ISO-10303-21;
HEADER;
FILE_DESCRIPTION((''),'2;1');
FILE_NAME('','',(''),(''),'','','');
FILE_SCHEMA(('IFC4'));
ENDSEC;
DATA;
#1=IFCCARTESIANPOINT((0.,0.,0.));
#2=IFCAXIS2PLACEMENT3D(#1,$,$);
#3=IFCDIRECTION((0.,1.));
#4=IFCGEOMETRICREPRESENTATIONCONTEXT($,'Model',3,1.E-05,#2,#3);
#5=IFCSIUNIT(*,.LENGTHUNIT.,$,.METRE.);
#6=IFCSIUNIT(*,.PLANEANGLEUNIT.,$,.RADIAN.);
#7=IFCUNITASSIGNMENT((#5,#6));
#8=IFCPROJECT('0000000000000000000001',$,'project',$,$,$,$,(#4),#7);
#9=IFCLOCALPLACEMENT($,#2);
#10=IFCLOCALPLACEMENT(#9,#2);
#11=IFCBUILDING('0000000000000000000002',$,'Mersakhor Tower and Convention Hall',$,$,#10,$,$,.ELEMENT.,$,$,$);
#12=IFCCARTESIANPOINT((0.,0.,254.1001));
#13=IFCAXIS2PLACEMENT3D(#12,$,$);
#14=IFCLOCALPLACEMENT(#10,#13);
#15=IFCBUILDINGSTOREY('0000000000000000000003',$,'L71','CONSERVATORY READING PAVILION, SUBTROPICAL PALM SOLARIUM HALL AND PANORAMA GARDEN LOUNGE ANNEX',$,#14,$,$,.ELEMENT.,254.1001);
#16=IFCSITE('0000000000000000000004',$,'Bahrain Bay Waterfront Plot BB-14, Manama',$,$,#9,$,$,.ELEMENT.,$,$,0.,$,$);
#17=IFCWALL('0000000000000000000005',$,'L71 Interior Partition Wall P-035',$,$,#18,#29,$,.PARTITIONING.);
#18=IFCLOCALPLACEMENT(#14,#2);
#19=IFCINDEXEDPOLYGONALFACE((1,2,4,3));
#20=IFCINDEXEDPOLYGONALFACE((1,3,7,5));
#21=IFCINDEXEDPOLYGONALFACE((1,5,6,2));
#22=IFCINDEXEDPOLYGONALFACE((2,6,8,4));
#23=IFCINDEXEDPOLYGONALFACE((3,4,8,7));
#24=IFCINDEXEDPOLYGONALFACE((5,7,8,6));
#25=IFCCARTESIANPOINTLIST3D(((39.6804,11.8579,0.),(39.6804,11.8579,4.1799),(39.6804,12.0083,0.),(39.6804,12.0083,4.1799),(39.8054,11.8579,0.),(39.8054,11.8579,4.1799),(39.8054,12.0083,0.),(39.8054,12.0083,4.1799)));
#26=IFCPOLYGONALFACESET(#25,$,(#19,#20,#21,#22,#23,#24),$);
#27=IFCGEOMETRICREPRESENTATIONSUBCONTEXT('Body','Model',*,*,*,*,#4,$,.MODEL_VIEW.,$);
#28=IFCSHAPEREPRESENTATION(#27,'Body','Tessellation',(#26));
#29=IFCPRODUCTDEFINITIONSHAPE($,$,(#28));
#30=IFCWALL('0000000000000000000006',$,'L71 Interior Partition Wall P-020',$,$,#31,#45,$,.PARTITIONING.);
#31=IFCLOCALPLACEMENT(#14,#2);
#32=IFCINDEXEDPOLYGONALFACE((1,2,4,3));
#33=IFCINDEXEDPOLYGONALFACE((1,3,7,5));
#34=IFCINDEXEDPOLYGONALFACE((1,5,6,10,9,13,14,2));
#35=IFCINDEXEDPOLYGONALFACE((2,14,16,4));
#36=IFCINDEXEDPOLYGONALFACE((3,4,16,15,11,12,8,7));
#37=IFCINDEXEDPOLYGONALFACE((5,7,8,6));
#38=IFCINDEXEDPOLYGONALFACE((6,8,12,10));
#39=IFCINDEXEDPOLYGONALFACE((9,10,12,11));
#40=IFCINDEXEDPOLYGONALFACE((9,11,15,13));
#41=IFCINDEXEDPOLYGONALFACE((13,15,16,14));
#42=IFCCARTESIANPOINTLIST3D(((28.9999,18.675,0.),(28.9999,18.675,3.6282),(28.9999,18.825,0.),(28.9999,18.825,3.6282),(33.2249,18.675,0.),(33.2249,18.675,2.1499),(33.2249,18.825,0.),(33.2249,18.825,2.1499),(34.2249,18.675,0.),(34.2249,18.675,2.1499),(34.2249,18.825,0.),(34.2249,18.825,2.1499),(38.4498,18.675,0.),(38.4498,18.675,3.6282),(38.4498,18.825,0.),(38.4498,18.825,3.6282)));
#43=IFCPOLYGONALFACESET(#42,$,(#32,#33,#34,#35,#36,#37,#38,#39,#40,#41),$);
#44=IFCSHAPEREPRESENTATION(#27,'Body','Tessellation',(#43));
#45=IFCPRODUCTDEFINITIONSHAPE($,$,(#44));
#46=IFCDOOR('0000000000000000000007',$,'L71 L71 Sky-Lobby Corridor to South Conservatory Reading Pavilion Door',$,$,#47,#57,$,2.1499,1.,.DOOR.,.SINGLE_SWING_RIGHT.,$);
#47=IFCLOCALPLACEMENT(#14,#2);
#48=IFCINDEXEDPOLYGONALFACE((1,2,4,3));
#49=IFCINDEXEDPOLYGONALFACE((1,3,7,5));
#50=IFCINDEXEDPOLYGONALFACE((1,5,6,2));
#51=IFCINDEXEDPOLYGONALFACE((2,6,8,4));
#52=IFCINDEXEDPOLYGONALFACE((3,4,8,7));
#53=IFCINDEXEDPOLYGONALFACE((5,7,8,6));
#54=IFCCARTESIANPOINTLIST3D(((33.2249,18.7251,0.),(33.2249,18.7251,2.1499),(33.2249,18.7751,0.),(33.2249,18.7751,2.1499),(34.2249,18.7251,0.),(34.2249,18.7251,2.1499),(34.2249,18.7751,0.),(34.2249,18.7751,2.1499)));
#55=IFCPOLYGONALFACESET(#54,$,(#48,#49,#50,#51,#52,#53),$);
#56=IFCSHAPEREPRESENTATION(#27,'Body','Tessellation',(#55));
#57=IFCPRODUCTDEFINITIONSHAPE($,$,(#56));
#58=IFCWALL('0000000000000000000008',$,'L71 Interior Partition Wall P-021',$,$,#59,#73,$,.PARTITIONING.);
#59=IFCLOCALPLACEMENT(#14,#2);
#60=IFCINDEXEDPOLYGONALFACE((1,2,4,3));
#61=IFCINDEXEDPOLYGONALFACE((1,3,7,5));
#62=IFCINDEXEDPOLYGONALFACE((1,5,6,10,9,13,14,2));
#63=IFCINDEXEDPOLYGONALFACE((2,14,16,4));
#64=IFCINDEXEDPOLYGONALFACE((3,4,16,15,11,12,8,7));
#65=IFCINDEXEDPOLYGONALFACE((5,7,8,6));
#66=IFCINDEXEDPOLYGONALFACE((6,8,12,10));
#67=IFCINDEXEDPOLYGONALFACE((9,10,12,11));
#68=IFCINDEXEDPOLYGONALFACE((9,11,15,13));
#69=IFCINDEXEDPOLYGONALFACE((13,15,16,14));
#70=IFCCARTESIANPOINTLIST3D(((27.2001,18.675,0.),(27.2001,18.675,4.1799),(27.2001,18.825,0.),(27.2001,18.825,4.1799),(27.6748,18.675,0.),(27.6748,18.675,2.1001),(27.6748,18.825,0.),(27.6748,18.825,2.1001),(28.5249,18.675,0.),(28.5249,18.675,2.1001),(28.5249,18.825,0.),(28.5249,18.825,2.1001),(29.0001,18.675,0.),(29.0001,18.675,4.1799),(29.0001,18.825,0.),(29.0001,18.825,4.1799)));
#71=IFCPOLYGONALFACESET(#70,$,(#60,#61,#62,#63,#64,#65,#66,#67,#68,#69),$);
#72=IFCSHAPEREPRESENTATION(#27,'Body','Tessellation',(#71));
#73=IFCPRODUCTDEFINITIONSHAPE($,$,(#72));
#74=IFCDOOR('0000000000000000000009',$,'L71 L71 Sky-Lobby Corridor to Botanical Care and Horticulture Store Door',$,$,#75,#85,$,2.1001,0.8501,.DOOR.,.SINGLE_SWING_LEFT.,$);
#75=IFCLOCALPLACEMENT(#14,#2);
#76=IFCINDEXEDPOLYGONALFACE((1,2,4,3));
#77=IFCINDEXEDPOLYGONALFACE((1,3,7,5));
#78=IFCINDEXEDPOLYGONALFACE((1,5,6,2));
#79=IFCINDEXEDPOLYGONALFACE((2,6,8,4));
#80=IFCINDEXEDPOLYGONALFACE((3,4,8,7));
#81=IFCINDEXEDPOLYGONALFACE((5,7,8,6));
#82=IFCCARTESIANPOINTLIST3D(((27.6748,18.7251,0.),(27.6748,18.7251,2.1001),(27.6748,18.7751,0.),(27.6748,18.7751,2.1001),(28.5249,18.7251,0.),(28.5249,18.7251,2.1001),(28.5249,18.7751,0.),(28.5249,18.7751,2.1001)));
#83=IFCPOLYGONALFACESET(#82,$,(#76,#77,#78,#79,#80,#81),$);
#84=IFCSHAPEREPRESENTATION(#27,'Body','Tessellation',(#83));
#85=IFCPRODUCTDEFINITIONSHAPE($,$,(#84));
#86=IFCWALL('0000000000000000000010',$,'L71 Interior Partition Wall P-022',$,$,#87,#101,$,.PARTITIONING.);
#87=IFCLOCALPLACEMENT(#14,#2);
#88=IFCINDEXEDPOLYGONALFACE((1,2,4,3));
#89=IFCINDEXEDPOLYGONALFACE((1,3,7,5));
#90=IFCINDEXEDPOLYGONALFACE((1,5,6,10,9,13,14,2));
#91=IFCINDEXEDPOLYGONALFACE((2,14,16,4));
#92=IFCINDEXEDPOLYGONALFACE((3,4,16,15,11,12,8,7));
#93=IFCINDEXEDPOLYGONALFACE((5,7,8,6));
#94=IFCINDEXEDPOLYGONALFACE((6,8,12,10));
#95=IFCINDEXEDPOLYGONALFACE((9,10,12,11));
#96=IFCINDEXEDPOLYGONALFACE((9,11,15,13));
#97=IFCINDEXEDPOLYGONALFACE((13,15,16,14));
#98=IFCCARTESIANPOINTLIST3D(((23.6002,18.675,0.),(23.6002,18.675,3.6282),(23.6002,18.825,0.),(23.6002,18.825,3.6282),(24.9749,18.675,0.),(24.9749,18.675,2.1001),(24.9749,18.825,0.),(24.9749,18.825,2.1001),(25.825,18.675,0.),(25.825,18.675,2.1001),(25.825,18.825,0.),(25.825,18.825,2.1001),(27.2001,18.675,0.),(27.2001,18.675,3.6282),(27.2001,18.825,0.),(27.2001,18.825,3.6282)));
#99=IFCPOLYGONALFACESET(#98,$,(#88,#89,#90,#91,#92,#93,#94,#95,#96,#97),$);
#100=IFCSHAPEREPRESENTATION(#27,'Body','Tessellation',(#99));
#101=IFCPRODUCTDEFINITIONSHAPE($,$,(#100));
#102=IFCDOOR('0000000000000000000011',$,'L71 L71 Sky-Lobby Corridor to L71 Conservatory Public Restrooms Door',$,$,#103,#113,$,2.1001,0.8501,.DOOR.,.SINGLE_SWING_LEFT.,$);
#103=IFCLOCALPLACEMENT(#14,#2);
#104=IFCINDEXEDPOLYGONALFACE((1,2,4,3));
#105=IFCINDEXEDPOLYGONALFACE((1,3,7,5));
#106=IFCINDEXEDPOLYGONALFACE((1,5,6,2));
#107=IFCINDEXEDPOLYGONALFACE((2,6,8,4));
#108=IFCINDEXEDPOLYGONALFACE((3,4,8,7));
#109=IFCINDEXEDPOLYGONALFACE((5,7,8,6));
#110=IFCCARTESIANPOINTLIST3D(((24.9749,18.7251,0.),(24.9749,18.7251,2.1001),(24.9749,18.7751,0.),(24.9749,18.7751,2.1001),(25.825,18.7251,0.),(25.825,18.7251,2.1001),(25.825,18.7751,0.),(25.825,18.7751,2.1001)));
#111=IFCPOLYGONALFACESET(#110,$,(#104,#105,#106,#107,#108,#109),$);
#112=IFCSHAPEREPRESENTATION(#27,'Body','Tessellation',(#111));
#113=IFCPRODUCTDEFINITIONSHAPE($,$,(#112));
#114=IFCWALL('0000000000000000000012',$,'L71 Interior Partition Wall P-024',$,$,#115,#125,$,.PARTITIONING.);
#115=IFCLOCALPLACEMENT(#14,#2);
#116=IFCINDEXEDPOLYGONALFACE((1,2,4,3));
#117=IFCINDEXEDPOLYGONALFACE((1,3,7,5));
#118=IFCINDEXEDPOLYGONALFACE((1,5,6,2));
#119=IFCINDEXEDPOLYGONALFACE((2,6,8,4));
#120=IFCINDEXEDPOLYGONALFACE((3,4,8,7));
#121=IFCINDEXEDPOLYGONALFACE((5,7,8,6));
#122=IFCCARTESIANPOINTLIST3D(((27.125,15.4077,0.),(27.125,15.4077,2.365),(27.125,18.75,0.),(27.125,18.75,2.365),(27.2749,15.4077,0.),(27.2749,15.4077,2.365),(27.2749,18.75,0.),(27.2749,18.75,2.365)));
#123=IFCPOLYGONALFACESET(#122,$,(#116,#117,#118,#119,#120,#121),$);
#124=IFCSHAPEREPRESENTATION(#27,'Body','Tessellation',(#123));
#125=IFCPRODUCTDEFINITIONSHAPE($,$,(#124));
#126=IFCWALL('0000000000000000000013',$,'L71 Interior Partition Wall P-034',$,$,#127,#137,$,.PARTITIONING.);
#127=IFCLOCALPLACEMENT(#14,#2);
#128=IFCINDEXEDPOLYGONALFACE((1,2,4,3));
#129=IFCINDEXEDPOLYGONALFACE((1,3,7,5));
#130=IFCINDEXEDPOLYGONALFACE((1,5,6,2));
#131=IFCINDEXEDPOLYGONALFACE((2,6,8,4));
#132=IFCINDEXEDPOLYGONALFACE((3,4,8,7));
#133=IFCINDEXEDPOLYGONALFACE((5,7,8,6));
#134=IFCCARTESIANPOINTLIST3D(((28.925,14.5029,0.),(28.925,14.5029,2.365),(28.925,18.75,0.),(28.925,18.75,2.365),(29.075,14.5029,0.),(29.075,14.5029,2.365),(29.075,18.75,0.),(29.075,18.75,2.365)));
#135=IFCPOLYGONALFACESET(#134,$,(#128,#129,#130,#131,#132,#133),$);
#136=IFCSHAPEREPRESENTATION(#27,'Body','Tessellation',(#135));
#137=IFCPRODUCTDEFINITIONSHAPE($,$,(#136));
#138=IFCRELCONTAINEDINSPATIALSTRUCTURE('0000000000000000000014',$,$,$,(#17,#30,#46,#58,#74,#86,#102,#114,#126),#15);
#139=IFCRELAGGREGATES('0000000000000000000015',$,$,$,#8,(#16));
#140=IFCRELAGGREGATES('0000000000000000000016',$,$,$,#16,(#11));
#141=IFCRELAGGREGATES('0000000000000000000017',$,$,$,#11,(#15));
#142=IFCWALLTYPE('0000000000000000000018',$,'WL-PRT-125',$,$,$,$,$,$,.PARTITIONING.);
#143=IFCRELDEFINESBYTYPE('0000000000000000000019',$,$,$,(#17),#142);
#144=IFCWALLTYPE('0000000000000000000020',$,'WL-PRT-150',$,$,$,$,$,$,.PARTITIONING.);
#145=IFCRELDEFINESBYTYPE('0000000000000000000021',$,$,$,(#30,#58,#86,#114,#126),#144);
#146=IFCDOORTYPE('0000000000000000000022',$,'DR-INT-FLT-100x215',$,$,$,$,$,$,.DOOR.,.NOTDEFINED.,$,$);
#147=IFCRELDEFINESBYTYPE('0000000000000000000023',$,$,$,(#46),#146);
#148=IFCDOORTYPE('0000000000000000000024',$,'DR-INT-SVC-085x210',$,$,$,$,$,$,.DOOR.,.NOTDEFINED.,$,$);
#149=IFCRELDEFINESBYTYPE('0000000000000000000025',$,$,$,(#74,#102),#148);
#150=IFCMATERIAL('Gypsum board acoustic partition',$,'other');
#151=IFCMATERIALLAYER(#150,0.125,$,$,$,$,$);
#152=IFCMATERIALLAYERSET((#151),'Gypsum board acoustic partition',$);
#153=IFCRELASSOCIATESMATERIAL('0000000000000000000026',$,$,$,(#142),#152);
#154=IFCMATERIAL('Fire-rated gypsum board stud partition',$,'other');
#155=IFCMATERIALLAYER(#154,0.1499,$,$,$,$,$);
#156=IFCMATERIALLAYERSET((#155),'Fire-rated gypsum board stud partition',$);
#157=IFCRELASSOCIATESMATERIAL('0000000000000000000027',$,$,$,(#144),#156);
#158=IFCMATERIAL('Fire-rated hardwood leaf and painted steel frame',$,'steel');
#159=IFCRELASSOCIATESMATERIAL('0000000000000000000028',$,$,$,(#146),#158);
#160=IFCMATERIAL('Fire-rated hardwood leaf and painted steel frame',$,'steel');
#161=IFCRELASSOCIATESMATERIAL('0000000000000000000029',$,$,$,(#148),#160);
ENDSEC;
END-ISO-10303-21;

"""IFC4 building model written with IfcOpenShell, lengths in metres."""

from ifc_helpers import new_model, si_unit, direction, frame, frame_2d, origin, place, context, subcontext, project, spatial, rectangle, extrude, material, layer, layer_set, type_object, element, fill, save


model = new_model("IFC4")

# Units and contexts
model_context = context("Model", 3, precision=1e-05, world=origin(), true_north=direction((0.0, 1.0)))
body_context = subcontext(model_context, "Body", "Model", "MODEL_VIEW")
ifc_project = project(units=[si_unit("LENGTHUNIT", "METRE"), si_unit("PLANEANGLEUNIT", "RADIAN")], contexts=[model_context])

# Site, building, storey
site_placement = place(None, origin())
site = spatial("IfcSite", under=ifc_project, at=site_placement, Name="Bahrain Bay Waterfront Plot BB-14, Manama", CompositionType="ELEMENT", RefElevation=0.0)
building_placement = place(site_placement, origin())
building = spatial("IfcBuilding", under=site, at=building_placement, Name="Mersakhor Tower and Convention Hall", CompositionType="ELEMENT")
storey_placement = place(building_placement, frame((0.0, 0.0, 254.1001)))
storey = spatial("IfcBuildingStorey", under=building, at=storey_placement, Name="L71", Description="CONSERVATORY READING PAVILION, SUBTROPICAL PALM SOLARIUM HALL AND PANORAMA GARDEN LOUNGE ANNEX", CompositionType="ELEMENT", Elevation=254.1001)

# Wall
ifc_material_1 = material(Name="Gypsum board acoustic partition", Category="other")
ifc_layer_1 = layer(ifc_material_1, 0.125)
ifc_layer_set_1 = layer_set([ifc_layer_1], Name="Gypsum board acoustic partition")
wall_type_1 = type_object("IfcWallType", Name="WL-PRT-125", PredefinedType="PARTITIONING", material=ifc_layer_set_1)
wall_1_placement = place(storey_placement, frame((39.7429, 12.0083, 0.0), z_axis=(0.0, 0.0, 1.0), x_axis=(0.0, -1.0, 0.0)))
element("IfcWall", 1, at=wall_1_placement, inside=storey, type_object=wall_type_1, Name="L71 Interior Partition Wall P-035", PredefinedType="PARTITIONING", context=body_context, shape_type="SweptSolid", body=[
    extrude(rectangle(XDim=0.1504, YDim=0.125, at=frame_2d((0.0752, 0.0))), origin(), (0.0, 0.0, 1.0), 4.1799),
])

# Walls, openings, doors
ifc_material_2 = material(Name="Fire-rated gypsum board stud partition", Category="other")
ifc_layer_2 = layer(ifc_material_2, 0.1499)
ifc_layer_set_2 = layer_set([ifc_layer_2], Name="Fire-rated gypsum board stud partition")
wall_type_2 = type_object("IfcWallType", Name="WL-PRT-150", PredefinedType="PARTITIONING", material=ifc_layer_set_2)
wall_2_placement = place(storey_placement, frame((38.45, 18.75, 0.0), z_axis=(0.0, 0.0, 1.0), x_axis=(-1.0, 0.0, 0.0)))
wall_2 = element("IfcWall", 2, at=wall_2_placement, inside=storey, type_object=wall_type_2, Name="L71 Interior Partition Wall P-020", PredefinedType="PARTITIONING", context=body_context, shape_type="SweptSolid", body=[
    extrude(rectangle(XDim=9.45, YDim=0.1499, at=frame_2d((4.7251, 0.0))), origin(), (0.0, 0.0, 1.0), 3.6282),
])
opening_1_placement = place(wall_2_placement, frame((4.2251, 0.0, 0.0)))
opening_1 = element("IfcOpeningElement", 3, at=opening_1_placement, cuts=wall_2, PredefinedType="OPENING", context=body_context, shape_type="SweptSolid", body=[
    extrude(rectangle(XDim=1.0, YDim=2.1499, at=frame_2d((0.5, 1.075))), frame((0.0, 0.085, 0.0), z_axis=(0.0, -1.0, 0.0), x_axis=(1.0, 0.0, 0.0)), (0.0, 0.0, 1.0), 0.1699),
])
ifc_material_3 = material(Name="Fire-rated hardwood leaf and painted steel frame", Category="steel")
door_type_1 = type_object("IfcDoorType", Name="DR-INT-FLT-100x215", OperationType="NOTDEFINED", PredefinedType="DOOR", material=ifc_material_3)
door_1_placement = place(opening_1_placement, origin())
door_1 = element("IfcDoor", 4, at=door_1_placement, inside=storey, type_object=door_type_1, Name="L71 L71 Sky-Lobby Corridor to South Conservatory Reading Pavilion Door", OperationType="SINGLE_SWING_RIGHT", OverallHeight=2.1499, OverallWidth=1.0, PredefinedType="DOOR", context=body_context, shape_type="SweptSolid", body=[
    extrude(rectangle(XDim=1.0, YDim=2.1499, at=frame_2d((0.5, 1.075))), frame((0.0, 0.0249, 0.0), z_axis=(0.0, -1.0, 0.0), x_axis=(1.0, 0.0, 0.0)), (0.0, 0.0, 1.0), 0.05),
])
fill(opening_1, door_1)
wall_3_placement = place(storey_placement, frame((29.0, 18.75, 0.0), z_axis=(0.0, 0.0, 1.0), x_axis=(-1.0, 0.0, 0.0)))
wall_3 = element("IfcWall", 5, at=wall_3_placement, inside=storey, type_object=wall_type_2, Name="L71 Interior Partition Wall P-021", PredefinedType="PARTITIONING", context=body_context, shape_type="SweptSolid", body=[
    extrude(rectangle(XDim=1.8, YDim=0.1499, at=frame_2d((0.8999, 0.0))), origin(), (0.0, 0.0, 1.0), 4.1799),
])
opening_2_placement = place(wall_3_placement, frame((0.4751, 0.0, 0.0)))
opening_2 = element("IfcOpeningElement", 6, at=opening_2_placement, cuts=wall_3, PredefinedType="OPENING", context=body_context, shape_type="SweptSolid", body=[
    extrude(rectangle(XDim=0.8501, YDim=2.1001, at=frame_2d((0.425, 1.05))), frame((0.0, 0.085, 0.0), z_axis=(0.0, -1.0, 0.0), x_axis=(1.0, 0.0, 0.0)), (0.0, 0.0, 1.0), 0.1699),
])
ifc_material_4 = material(Name="Fire-rated hardwood leaf and painted steel frame", Category="steel")
door_type_2 = type_object("IfcDoorType", Name="DR-INT-SVC-085x210", OperationType="NOTDEFINED", PredefinedType="DOOR", material=ifc_material_4)
door_2_placement = place(opening_2_placement, origin())
door_2 = element("IfcDoor", 7, at=door_2_placement, inside=storey, type_object=door_type_2, Name="L71 L71 Sky-Lobby Corridor to Botanical Care and Horticulture Store Door", OperationType="SINGLE_SWING_LEFT", OverallHeight=2.1001, OverallWidth=0.8501, PredefinedType="DOOR", context=body_context, shape_type="SweptSolid", body=[
    extrude(rectangle(XDim=0.8501, YDim=2.1001, at=frame_2d((0.425, 1.05))), frame((0.0, 0.0249, 0.0), z_axis=(0.0, -1.0, 0.0), x_axis=(1.0, 0.0, 0.0)), (0.0, 0.0, 1.0), 0.05),
])
fill(opening_2, door_2)
wall_4_placement = place(storey_placement, frame((27.2, 18.75, 0.0), z_axis=(0.0, 0.0, 1.0), x_axis=(-1.0, 0.0, 0.0)))
wall_4 = element("IfcWall", 8, at=wall_4_placement, inside=storey, type_object=wall_type_2, Name="L71 Interior Partition Wall P-022", PredefinedType="PARTITIONING", context=body_context, shape_type="SweptSolid", body=[
    extrude(rectangle(XDim=3.5999, YDim=0.1499, at=frame_2d((1.7998, 0.0))), origin(), (0.0, 0.0, 1.0), 3.6282),
])
opening_3_placement = place(wall_4_placement, frame((1.375, 0.0, 0.0)))
opening_3 = element("IfcOpeningElement", 9, at=opening_3_placement, cuts=wall_4, PredefinedType="OPENING", context=body_context, shape_type="SweptSolid", body=[
    extrude(rectangle(XDim=0.8501, YDim=2.1001, at=frame_2d((0.425, 1.05))), frame((0.0, 0.085, 0.0), z_axis=(0.0, -1.0, 0.0), x_axis=(1.0, 0.0, 0.0)), (0.0, 0.0, 1.0), 0.1699),
])
door_3_placement = place(opening_3_placement, origin())
door_3 = element("IfcDoor", 10, at=door_3_placement, inside=storey, type_object=door_type_2, Name="L71 L71 Sky-Lobby Corridor to L71 Conservatory Public Restrooms Door", OperationType="SINGLE_SWING_LEFT", OverallHeight=2.1001, OverallWidth=0.8501, PredefinedType="DOOR", context=body_context, shape_type="SweptSolid", body=[
    extrude(rectangle(XDim=0.8501, YDim=2.1001, at=frame_2d((0.425, 1.05))), frame((0.0, 0.0249, 0.0), z_axis=(0.0, -1.0, 0.0), x_axis=(1.0, 0.0, 0.0)), (0.0, 0.0, 1.0), 0.05),
])
fill(opening_3, door_3)

# Walls
wall_5_placement = place(storey_placement, frame((27.2, 18.75, 0.0), z_axis=(0.0, 0.0, 1.0), x_axis=(0.0, -1.0, 0.0)))
element("IfcWall", 11, at=wall_5_placement, inside=storey, type_object=wall_type_2, Name="L71 Interior Partition Wall P-024", PredefinedType="PARTITIONING", context=body_context, shape_type="SweptSolid", body=[
    extrude(rectangle(XDim=3.3423, YDim=0.1499, at=frame_2d((1.6711, 0.0))), origin(), (0.0, 0.0, 1.0), 2.365),
])
wall_6_placement = place(storey_placement, frame((29.0, 14.5029, 0.0), z_axis=(0.0, 0.0, 1.0), x_axis=(0.0, 1.0, 0.0)))
element("IfcWall", 12, at=wall_6_placement, inside=storey, type_object=wall_type_2, Name="L71 Interior Partition Wall P-034", PredefinedType="PARTITIONING", context=body_context, shape_type="SweptSolid", body=[
    extrude(rectangle(XDim=4.2471, YDim=0.1499, at=frame_2d((2.1235, 0.0))), origin(), (0.0, 0.0, 1.0), 2.365),
])

save(model, "model.ifc")
